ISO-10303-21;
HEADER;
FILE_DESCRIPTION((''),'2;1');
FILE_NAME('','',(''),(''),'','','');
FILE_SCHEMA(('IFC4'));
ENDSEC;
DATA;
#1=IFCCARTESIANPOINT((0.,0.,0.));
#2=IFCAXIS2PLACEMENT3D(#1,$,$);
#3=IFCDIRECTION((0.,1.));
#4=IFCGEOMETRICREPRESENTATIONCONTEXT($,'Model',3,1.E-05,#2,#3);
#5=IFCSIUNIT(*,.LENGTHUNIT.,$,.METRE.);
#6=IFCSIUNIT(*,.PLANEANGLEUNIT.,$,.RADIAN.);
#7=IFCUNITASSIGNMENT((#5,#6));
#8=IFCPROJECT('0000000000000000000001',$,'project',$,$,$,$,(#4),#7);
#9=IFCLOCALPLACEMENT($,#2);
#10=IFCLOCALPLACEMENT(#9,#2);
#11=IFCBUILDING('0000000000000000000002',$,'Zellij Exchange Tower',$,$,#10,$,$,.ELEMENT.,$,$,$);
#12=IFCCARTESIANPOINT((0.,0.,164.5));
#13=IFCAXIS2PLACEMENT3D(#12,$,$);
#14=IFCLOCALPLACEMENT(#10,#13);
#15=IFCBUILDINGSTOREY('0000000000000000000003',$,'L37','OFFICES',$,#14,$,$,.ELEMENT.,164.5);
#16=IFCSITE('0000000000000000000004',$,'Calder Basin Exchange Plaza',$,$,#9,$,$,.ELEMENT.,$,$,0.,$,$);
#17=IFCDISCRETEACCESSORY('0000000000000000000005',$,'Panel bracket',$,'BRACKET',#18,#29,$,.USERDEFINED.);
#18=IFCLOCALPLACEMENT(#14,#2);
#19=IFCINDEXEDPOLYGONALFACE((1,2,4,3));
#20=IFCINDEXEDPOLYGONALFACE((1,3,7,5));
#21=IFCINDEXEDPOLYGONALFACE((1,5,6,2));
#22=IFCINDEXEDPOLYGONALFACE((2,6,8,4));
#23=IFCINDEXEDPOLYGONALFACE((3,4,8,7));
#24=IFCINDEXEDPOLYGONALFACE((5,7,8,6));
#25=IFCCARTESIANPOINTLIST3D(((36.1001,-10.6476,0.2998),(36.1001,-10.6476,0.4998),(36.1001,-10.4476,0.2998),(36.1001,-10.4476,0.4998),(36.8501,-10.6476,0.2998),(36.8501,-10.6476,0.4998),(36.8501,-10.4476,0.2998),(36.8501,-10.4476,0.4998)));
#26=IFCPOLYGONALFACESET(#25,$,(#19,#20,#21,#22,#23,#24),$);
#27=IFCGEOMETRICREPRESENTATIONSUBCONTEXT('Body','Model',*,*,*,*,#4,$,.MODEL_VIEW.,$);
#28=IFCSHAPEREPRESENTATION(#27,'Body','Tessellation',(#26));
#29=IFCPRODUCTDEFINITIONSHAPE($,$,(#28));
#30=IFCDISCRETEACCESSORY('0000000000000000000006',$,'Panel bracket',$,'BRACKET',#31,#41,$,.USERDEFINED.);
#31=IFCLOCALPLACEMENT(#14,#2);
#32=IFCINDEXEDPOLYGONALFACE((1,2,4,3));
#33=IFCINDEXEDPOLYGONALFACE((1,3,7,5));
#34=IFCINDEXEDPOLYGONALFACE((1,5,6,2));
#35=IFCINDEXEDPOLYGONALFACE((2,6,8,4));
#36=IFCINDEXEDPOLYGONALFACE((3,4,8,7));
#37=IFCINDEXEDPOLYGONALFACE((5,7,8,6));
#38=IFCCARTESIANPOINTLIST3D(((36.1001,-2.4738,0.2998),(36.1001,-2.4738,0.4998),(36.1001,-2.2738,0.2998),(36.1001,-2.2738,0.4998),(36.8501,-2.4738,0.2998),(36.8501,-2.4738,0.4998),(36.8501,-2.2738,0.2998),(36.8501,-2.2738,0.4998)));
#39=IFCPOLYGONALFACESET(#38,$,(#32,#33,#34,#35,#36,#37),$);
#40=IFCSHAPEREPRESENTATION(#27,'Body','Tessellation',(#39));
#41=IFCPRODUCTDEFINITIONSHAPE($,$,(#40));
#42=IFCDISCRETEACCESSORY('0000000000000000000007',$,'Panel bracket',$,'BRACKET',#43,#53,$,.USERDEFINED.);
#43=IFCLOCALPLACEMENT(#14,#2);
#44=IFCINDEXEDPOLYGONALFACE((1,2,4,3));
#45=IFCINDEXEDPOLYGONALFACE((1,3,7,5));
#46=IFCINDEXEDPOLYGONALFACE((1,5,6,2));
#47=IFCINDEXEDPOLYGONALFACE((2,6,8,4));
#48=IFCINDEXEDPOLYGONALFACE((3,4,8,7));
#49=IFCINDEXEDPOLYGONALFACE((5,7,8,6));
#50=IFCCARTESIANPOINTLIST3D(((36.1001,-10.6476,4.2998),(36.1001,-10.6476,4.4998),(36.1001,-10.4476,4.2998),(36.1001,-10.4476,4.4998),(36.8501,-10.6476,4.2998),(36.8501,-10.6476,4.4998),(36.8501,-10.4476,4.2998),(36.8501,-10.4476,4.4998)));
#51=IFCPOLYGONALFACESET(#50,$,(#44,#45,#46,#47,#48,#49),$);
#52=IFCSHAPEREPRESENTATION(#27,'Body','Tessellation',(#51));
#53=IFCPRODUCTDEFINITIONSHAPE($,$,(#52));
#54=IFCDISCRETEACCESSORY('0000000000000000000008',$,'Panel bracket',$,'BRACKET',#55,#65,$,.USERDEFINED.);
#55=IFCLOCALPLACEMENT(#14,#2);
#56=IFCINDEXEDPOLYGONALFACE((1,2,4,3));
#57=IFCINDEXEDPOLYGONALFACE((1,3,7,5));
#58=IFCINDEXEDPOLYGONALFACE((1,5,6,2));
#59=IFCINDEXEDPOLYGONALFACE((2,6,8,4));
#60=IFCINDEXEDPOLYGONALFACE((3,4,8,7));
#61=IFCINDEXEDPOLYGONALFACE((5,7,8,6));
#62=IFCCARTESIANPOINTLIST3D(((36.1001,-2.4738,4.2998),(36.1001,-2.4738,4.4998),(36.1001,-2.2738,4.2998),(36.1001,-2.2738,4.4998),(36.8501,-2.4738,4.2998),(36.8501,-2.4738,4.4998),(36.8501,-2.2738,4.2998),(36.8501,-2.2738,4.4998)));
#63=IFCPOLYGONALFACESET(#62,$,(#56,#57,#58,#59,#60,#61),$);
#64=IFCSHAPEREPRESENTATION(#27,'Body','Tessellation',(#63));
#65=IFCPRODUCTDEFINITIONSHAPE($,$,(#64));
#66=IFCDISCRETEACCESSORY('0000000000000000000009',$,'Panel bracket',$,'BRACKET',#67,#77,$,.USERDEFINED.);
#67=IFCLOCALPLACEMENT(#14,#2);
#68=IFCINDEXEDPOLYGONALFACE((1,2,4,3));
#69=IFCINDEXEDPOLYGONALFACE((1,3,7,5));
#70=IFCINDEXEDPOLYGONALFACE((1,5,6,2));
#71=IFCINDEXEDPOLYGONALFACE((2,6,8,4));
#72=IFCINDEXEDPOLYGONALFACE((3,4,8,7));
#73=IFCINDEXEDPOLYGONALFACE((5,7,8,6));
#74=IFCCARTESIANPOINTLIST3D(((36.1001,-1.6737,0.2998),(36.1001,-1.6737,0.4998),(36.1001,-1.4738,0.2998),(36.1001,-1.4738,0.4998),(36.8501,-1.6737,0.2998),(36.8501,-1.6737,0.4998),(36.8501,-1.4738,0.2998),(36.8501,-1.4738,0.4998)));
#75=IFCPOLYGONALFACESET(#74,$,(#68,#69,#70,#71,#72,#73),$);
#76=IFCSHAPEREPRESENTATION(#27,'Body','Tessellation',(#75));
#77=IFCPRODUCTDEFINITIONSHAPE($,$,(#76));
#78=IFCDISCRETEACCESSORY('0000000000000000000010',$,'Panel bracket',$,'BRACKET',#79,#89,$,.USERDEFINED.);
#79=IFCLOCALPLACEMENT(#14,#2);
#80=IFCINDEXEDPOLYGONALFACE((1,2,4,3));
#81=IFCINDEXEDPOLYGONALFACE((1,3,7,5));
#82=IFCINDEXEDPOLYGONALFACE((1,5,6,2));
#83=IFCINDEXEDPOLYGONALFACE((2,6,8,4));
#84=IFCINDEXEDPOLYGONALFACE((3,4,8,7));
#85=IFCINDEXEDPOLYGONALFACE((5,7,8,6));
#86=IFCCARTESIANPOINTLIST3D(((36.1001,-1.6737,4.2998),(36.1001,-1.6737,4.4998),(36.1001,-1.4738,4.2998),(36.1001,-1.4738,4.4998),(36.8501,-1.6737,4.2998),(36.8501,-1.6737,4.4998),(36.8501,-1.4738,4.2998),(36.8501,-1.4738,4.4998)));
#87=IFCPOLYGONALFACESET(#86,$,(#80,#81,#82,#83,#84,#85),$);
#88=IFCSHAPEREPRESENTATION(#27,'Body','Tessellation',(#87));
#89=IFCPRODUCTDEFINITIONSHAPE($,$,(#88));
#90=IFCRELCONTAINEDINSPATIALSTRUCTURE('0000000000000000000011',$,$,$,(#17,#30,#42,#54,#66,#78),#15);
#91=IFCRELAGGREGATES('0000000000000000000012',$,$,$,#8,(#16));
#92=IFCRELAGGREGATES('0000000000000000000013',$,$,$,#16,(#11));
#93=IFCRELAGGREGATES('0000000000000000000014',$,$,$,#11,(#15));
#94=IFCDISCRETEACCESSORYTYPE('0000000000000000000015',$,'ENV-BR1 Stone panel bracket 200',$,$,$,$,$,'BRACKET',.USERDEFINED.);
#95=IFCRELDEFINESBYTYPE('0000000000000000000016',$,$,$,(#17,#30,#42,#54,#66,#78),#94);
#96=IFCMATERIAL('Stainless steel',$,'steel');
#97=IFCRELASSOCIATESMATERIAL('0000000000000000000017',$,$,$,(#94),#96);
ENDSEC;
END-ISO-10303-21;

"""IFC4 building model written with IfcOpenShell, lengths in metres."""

from ifc_helpers import new_model, si_unit, direction, frame, origin, origin_2d, place, context, subcontext, project, spatial, rectangle, extrude, material, type_object, element, save


model = new_model("IFC4")

# Units and contexts
model_context = context("Model", 3, precision=1e-05, world=origin(), true_north=direction((0.0, 1.0)))
body_context = subcontext(model_context, "Body", "Model", "MODEL_VIEW")
ifc_project = project(units=[si_unit("LENGTHUNIT", "METRE"), si_unit("PLANEANGLEUNIT", "RADIAN")], contexts=[model_context])

# Site, building, storey
site_placement = place(None, origin())
site = spatial("IfcSite", under=ifc_project, at=site_placement, Name="Calder Basin Exchange Plaza", CompositionType="ELEMENT", RefElevation=0.0)
building_placement = place(site_placement, origin())
building = spatial("IfcBuilding", under=site, at=building_placement, Name="Zellij Exchange Tower", CompositionType="ELEMENT")
storey_placement = place(building_placement, frame((0.0, 0.0, 164.5)))
storey = spatial("IfcBuildingStorey", under=building, at=storey_placement, Name="L37", Description="OFFICES", CompositionType="ELEMENT", Elevation=164.5)

# Discrete accessories
ifc_material_1 = material(Name="Stainless steel", Category="steel")
discrete_accessory_type = type_object("IfcDiscreteAccessoryType", Name="ENV-BR1 Stone panel bracket 200", ElementType="BRACKET", PredefinedType="USERDEFINED", material=ifc_material_1)
for number, where, z_axis, x_axis, name in (
    (1, (36.4751, -10.5476, 0.2998), (0.0, 0.0, 1.0), (0.0, 1.0, 0.0), "Panel bracket"),
    (2, (36.4751, -2.3738, 0.2998), (0.0, 0.0, 1.0), (0.0, 1.0, 0.0), "Panel bracket"),
    (3, (36.4751, -10.5476, 4.2998), (0.0, 0.0, 1.0), (0.0, 1.0, 0.0), "Panel bracket"),
    (4, (36.4751, -2.3738, 4.2998), (0.0, 0.0, 1.0), (0.0, 1.0, 0.0), "Panel bracket"),
    (5, (36.4751, -1.5737, 0.2998), (0.0, 0.0, 1.0), (0.0, 1.0, 0.0), "Panel bracket"),
    (6, (36.4751, -1.5737, 4.2998), (0.0, 0.0, 1.0), (0.0, 1.0, 0.0), "Panel bracket"),
):
    element("IfcDiscreteAccessory", number, at=place(storey_placement, frame(where, z_axis=z_axis, x_axis=x_axis)), inside=storey, type_object=discrete_accessory_type, Name=name, ObjectType="BRACKET", PredefinedType="USERDEFINED", context=body_context, shape_type="SweptSolid", body=[
        extrude(rectangle(XDim=0.2, YDim=0.75, at=origin_2d()), origin(), (0.0, 0.0, 1.0), 0.2),
    ])

save(model, "model.ifc")
